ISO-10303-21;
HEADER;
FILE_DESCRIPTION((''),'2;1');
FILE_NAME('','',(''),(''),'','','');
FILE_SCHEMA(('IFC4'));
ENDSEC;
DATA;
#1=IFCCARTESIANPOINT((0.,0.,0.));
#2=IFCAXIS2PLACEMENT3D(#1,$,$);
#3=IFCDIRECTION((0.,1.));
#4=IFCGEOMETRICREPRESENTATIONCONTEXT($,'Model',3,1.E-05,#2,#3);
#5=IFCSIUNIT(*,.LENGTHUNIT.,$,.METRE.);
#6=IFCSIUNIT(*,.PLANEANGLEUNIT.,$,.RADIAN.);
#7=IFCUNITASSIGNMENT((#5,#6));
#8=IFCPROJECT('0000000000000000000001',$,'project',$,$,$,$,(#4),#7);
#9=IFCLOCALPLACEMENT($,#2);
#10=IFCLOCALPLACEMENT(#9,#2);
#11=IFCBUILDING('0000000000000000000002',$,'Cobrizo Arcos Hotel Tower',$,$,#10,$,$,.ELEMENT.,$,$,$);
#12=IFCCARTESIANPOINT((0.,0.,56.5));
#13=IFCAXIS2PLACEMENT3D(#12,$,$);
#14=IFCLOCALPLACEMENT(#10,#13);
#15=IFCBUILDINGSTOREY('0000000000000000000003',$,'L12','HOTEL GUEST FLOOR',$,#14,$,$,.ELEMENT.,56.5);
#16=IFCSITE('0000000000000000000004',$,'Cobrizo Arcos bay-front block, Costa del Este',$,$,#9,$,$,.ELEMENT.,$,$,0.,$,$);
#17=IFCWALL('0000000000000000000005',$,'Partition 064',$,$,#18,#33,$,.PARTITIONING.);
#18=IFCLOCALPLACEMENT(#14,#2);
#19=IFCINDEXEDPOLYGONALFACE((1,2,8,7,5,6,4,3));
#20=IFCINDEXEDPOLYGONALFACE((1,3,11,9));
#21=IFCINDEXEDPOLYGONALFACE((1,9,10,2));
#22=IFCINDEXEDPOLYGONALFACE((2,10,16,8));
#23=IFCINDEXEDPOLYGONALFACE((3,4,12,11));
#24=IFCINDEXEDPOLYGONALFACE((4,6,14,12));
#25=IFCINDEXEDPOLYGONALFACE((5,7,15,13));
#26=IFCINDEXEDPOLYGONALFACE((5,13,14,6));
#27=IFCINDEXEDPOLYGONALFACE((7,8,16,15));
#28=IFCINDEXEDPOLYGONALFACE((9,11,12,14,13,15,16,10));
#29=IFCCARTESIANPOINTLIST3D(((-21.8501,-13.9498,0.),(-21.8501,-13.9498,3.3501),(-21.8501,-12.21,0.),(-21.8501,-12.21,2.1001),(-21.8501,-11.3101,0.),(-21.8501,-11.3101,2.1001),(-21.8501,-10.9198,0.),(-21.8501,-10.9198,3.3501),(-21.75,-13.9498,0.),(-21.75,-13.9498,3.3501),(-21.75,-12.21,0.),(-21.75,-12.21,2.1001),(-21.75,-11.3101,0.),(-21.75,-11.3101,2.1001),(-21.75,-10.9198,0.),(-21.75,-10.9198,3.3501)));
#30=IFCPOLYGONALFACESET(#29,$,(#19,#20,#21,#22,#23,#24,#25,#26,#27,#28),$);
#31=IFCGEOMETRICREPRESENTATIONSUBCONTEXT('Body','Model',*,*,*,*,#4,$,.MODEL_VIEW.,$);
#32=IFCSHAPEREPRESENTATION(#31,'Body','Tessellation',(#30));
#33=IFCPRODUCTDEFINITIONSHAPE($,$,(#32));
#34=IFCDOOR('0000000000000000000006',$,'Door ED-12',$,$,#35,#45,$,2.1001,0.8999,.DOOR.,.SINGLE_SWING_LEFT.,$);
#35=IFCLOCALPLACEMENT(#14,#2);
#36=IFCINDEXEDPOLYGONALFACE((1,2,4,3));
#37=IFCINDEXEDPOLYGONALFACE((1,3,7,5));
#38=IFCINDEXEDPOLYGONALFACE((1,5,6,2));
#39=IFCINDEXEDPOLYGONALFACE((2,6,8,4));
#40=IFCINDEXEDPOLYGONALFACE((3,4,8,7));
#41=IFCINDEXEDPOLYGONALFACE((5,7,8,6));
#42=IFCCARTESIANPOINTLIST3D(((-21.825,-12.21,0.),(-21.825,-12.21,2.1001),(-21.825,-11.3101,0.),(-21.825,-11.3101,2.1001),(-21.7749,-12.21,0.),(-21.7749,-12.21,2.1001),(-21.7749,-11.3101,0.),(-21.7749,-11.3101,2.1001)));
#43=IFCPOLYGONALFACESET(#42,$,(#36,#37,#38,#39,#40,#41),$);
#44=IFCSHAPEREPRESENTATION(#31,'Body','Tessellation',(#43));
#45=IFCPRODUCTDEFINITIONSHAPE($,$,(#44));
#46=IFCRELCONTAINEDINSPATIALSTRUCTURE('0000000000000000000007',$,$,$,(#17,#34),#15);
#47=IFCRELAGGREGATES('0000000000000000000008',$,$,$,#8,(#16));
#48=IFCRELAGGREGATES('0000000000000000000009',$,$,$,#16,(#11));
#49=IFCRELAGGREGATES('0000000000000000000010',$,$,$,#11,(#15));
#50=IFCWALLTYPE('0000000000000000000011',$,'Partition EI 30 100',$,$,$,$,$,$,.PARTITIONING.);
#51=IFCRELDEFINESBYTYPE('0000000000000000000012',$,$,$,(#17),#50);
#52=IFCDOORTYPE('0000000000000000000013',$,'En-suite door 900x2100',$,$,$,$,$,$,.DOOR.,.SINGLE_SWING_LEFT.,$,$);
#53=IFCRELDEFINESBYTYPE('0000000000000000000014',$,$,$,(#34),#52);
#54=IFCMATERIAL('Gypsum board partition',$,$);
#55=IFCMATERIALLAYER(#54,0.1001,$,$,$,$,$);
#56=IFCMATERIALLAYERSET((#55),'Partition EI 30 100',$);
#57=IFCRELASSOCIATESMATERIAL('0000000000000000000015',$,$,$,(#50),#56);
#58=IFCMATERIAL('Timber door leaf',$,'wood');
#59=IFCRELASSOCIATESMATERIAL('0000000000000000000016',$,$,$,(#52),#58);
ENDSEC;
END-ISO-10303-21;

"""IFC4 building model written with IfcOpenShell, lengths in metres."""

from ifc_helpers import new_model, si_unit, direction, frame, frame_2d, origin, place, context, subcontext, project, spatial, rectangle, extrude, material, layer, layer_set, type_object, element, fill, save


model = new_model("IFC4")

# Units and contexts
model_context = context("Model", 3, precision=1e-05, world=origin(), true_north=direction((0.0, 1.0)))
body_context = subcontext(model_context, "Body", "Model", "MODEL_VIEW")
ifc_project = project(units=[si_unit("LENGTHUNIT", "METRE"), si_unit("PLANEANGLEUNIT", "RADIAN")], contexts=[model_context])

# Site, building, storey
site_placement = place(None, origin())
site = spatial("IfcSite", under=ifc_project, at=site_placement, Name="Cobrizo Arcos bay-front block, Costa del Este", CompositionType="ELEMENT", RefElevation=0.0)
building_placement = place(site_placement, origin())
building = spatial("IfcBuilding", under=site, at=building_placement, Name="Cobrizo Arcos Hotel Tower", CompositionType="ELEMENT")
storey_placement = place(building_placement, frame((0.0, 0.0, 56.5)))
storey = spatial("IfcBuildingStorey", under=building, at=storey_placement, Name="L12", Description="HOTEL GUEST FLOOR", CompositionType="ELEMENT", Elevation=56.5)

# Shared definitions
ifc_material_1 = material(Name="Gypsum board partition")
ifc_material_2 = material(Name="Timber door leaf", Category="wood")

# Shared definitions
ifc_layer_1 = layer(ifc_material_1, 0.1001)
ifc_layer_set_1 = layer_set([ifc_layer_1], Name="Partition EI 30 100")
wall_type_1 = type_object("IfcWallType", Name="Partition EI 30 100", PredefinedType="PARTITIONING", material=ifc_layer_set_1)

# Wall, opening, door
wall_1_placement = place(storey_placement, frame((-21.8, -13.95, 0.0), z_axis=(0.0, 0.0, 1.0), x_axis=(0.0, 1.0, 0.0)))
wall_1 = element("IfcWall", 1, at=wall_1_placement, inside=storey, type_object=wall_type_1, Name="Partition 064", PredefinedType="PARTITIONING", context=body_context, shape_type="SweptSolid", body=[
    extrude(rectangle(XDim=3.03, YDim=0.1001, at=frame_2d((1.5151, 0.0))), origin(), (0.0, 0.0, 1.0), 3.3501),
])
opening_1_placement = place(wall_1_placement, frame((1.74, 0.0, 0.0)))
opening_1 = element("IfcOpeningElement", 2, at=opening_1_placement, cuts=wall_1, PredefinedType="OPENING", context=body_context, shape_type="SweptSolid", body=[
    extrude(rectangle(XDim=0.8999, YDim=2.1001, at=frame_2d((0.45, 1.05))), frame((0.0, 0.062, 0.0), z_axis=(0.0, -1.0, 0.0), x_axis=(1.0, 0.0, 0.0)), (0.0, 0.0, 1.0), 0.124),
])
door_type_1 = type_object("IfcDoorType", Name="En-suite door 900x2100", OperationType="SINGLE_SWING_LEFT", PredefinedType="DOOR", material=ifc_material_2)
door_1_placement = place(opening_1_placement, origin())
door_1 = element("IfcDoor", 3, at=door_1_placement, inside=storey, type_object=door_type_1, Name="Door ED-12", OperationType="SINGLE_SWING_LEFT", OverallHeight=2.1001, OverallWidth=0.8999, PredefinedType="DOOR", context=body_context, shape_type="SweptSolid", body=[
    extrude(rectangle(XDim=0.8999, YDim=2.1001, at=frame_2d((0.45, 1.05))), frame((0.0, 0.0249, 0.0), z_axis=(0.0, -1.0, 0.0), x_axis=(1.0, 0.0, 0.0)), (0.0, 0.0, 1.0), 0.05),
])
fill(opening_1, door_1)

save(model, "model.ifc")
